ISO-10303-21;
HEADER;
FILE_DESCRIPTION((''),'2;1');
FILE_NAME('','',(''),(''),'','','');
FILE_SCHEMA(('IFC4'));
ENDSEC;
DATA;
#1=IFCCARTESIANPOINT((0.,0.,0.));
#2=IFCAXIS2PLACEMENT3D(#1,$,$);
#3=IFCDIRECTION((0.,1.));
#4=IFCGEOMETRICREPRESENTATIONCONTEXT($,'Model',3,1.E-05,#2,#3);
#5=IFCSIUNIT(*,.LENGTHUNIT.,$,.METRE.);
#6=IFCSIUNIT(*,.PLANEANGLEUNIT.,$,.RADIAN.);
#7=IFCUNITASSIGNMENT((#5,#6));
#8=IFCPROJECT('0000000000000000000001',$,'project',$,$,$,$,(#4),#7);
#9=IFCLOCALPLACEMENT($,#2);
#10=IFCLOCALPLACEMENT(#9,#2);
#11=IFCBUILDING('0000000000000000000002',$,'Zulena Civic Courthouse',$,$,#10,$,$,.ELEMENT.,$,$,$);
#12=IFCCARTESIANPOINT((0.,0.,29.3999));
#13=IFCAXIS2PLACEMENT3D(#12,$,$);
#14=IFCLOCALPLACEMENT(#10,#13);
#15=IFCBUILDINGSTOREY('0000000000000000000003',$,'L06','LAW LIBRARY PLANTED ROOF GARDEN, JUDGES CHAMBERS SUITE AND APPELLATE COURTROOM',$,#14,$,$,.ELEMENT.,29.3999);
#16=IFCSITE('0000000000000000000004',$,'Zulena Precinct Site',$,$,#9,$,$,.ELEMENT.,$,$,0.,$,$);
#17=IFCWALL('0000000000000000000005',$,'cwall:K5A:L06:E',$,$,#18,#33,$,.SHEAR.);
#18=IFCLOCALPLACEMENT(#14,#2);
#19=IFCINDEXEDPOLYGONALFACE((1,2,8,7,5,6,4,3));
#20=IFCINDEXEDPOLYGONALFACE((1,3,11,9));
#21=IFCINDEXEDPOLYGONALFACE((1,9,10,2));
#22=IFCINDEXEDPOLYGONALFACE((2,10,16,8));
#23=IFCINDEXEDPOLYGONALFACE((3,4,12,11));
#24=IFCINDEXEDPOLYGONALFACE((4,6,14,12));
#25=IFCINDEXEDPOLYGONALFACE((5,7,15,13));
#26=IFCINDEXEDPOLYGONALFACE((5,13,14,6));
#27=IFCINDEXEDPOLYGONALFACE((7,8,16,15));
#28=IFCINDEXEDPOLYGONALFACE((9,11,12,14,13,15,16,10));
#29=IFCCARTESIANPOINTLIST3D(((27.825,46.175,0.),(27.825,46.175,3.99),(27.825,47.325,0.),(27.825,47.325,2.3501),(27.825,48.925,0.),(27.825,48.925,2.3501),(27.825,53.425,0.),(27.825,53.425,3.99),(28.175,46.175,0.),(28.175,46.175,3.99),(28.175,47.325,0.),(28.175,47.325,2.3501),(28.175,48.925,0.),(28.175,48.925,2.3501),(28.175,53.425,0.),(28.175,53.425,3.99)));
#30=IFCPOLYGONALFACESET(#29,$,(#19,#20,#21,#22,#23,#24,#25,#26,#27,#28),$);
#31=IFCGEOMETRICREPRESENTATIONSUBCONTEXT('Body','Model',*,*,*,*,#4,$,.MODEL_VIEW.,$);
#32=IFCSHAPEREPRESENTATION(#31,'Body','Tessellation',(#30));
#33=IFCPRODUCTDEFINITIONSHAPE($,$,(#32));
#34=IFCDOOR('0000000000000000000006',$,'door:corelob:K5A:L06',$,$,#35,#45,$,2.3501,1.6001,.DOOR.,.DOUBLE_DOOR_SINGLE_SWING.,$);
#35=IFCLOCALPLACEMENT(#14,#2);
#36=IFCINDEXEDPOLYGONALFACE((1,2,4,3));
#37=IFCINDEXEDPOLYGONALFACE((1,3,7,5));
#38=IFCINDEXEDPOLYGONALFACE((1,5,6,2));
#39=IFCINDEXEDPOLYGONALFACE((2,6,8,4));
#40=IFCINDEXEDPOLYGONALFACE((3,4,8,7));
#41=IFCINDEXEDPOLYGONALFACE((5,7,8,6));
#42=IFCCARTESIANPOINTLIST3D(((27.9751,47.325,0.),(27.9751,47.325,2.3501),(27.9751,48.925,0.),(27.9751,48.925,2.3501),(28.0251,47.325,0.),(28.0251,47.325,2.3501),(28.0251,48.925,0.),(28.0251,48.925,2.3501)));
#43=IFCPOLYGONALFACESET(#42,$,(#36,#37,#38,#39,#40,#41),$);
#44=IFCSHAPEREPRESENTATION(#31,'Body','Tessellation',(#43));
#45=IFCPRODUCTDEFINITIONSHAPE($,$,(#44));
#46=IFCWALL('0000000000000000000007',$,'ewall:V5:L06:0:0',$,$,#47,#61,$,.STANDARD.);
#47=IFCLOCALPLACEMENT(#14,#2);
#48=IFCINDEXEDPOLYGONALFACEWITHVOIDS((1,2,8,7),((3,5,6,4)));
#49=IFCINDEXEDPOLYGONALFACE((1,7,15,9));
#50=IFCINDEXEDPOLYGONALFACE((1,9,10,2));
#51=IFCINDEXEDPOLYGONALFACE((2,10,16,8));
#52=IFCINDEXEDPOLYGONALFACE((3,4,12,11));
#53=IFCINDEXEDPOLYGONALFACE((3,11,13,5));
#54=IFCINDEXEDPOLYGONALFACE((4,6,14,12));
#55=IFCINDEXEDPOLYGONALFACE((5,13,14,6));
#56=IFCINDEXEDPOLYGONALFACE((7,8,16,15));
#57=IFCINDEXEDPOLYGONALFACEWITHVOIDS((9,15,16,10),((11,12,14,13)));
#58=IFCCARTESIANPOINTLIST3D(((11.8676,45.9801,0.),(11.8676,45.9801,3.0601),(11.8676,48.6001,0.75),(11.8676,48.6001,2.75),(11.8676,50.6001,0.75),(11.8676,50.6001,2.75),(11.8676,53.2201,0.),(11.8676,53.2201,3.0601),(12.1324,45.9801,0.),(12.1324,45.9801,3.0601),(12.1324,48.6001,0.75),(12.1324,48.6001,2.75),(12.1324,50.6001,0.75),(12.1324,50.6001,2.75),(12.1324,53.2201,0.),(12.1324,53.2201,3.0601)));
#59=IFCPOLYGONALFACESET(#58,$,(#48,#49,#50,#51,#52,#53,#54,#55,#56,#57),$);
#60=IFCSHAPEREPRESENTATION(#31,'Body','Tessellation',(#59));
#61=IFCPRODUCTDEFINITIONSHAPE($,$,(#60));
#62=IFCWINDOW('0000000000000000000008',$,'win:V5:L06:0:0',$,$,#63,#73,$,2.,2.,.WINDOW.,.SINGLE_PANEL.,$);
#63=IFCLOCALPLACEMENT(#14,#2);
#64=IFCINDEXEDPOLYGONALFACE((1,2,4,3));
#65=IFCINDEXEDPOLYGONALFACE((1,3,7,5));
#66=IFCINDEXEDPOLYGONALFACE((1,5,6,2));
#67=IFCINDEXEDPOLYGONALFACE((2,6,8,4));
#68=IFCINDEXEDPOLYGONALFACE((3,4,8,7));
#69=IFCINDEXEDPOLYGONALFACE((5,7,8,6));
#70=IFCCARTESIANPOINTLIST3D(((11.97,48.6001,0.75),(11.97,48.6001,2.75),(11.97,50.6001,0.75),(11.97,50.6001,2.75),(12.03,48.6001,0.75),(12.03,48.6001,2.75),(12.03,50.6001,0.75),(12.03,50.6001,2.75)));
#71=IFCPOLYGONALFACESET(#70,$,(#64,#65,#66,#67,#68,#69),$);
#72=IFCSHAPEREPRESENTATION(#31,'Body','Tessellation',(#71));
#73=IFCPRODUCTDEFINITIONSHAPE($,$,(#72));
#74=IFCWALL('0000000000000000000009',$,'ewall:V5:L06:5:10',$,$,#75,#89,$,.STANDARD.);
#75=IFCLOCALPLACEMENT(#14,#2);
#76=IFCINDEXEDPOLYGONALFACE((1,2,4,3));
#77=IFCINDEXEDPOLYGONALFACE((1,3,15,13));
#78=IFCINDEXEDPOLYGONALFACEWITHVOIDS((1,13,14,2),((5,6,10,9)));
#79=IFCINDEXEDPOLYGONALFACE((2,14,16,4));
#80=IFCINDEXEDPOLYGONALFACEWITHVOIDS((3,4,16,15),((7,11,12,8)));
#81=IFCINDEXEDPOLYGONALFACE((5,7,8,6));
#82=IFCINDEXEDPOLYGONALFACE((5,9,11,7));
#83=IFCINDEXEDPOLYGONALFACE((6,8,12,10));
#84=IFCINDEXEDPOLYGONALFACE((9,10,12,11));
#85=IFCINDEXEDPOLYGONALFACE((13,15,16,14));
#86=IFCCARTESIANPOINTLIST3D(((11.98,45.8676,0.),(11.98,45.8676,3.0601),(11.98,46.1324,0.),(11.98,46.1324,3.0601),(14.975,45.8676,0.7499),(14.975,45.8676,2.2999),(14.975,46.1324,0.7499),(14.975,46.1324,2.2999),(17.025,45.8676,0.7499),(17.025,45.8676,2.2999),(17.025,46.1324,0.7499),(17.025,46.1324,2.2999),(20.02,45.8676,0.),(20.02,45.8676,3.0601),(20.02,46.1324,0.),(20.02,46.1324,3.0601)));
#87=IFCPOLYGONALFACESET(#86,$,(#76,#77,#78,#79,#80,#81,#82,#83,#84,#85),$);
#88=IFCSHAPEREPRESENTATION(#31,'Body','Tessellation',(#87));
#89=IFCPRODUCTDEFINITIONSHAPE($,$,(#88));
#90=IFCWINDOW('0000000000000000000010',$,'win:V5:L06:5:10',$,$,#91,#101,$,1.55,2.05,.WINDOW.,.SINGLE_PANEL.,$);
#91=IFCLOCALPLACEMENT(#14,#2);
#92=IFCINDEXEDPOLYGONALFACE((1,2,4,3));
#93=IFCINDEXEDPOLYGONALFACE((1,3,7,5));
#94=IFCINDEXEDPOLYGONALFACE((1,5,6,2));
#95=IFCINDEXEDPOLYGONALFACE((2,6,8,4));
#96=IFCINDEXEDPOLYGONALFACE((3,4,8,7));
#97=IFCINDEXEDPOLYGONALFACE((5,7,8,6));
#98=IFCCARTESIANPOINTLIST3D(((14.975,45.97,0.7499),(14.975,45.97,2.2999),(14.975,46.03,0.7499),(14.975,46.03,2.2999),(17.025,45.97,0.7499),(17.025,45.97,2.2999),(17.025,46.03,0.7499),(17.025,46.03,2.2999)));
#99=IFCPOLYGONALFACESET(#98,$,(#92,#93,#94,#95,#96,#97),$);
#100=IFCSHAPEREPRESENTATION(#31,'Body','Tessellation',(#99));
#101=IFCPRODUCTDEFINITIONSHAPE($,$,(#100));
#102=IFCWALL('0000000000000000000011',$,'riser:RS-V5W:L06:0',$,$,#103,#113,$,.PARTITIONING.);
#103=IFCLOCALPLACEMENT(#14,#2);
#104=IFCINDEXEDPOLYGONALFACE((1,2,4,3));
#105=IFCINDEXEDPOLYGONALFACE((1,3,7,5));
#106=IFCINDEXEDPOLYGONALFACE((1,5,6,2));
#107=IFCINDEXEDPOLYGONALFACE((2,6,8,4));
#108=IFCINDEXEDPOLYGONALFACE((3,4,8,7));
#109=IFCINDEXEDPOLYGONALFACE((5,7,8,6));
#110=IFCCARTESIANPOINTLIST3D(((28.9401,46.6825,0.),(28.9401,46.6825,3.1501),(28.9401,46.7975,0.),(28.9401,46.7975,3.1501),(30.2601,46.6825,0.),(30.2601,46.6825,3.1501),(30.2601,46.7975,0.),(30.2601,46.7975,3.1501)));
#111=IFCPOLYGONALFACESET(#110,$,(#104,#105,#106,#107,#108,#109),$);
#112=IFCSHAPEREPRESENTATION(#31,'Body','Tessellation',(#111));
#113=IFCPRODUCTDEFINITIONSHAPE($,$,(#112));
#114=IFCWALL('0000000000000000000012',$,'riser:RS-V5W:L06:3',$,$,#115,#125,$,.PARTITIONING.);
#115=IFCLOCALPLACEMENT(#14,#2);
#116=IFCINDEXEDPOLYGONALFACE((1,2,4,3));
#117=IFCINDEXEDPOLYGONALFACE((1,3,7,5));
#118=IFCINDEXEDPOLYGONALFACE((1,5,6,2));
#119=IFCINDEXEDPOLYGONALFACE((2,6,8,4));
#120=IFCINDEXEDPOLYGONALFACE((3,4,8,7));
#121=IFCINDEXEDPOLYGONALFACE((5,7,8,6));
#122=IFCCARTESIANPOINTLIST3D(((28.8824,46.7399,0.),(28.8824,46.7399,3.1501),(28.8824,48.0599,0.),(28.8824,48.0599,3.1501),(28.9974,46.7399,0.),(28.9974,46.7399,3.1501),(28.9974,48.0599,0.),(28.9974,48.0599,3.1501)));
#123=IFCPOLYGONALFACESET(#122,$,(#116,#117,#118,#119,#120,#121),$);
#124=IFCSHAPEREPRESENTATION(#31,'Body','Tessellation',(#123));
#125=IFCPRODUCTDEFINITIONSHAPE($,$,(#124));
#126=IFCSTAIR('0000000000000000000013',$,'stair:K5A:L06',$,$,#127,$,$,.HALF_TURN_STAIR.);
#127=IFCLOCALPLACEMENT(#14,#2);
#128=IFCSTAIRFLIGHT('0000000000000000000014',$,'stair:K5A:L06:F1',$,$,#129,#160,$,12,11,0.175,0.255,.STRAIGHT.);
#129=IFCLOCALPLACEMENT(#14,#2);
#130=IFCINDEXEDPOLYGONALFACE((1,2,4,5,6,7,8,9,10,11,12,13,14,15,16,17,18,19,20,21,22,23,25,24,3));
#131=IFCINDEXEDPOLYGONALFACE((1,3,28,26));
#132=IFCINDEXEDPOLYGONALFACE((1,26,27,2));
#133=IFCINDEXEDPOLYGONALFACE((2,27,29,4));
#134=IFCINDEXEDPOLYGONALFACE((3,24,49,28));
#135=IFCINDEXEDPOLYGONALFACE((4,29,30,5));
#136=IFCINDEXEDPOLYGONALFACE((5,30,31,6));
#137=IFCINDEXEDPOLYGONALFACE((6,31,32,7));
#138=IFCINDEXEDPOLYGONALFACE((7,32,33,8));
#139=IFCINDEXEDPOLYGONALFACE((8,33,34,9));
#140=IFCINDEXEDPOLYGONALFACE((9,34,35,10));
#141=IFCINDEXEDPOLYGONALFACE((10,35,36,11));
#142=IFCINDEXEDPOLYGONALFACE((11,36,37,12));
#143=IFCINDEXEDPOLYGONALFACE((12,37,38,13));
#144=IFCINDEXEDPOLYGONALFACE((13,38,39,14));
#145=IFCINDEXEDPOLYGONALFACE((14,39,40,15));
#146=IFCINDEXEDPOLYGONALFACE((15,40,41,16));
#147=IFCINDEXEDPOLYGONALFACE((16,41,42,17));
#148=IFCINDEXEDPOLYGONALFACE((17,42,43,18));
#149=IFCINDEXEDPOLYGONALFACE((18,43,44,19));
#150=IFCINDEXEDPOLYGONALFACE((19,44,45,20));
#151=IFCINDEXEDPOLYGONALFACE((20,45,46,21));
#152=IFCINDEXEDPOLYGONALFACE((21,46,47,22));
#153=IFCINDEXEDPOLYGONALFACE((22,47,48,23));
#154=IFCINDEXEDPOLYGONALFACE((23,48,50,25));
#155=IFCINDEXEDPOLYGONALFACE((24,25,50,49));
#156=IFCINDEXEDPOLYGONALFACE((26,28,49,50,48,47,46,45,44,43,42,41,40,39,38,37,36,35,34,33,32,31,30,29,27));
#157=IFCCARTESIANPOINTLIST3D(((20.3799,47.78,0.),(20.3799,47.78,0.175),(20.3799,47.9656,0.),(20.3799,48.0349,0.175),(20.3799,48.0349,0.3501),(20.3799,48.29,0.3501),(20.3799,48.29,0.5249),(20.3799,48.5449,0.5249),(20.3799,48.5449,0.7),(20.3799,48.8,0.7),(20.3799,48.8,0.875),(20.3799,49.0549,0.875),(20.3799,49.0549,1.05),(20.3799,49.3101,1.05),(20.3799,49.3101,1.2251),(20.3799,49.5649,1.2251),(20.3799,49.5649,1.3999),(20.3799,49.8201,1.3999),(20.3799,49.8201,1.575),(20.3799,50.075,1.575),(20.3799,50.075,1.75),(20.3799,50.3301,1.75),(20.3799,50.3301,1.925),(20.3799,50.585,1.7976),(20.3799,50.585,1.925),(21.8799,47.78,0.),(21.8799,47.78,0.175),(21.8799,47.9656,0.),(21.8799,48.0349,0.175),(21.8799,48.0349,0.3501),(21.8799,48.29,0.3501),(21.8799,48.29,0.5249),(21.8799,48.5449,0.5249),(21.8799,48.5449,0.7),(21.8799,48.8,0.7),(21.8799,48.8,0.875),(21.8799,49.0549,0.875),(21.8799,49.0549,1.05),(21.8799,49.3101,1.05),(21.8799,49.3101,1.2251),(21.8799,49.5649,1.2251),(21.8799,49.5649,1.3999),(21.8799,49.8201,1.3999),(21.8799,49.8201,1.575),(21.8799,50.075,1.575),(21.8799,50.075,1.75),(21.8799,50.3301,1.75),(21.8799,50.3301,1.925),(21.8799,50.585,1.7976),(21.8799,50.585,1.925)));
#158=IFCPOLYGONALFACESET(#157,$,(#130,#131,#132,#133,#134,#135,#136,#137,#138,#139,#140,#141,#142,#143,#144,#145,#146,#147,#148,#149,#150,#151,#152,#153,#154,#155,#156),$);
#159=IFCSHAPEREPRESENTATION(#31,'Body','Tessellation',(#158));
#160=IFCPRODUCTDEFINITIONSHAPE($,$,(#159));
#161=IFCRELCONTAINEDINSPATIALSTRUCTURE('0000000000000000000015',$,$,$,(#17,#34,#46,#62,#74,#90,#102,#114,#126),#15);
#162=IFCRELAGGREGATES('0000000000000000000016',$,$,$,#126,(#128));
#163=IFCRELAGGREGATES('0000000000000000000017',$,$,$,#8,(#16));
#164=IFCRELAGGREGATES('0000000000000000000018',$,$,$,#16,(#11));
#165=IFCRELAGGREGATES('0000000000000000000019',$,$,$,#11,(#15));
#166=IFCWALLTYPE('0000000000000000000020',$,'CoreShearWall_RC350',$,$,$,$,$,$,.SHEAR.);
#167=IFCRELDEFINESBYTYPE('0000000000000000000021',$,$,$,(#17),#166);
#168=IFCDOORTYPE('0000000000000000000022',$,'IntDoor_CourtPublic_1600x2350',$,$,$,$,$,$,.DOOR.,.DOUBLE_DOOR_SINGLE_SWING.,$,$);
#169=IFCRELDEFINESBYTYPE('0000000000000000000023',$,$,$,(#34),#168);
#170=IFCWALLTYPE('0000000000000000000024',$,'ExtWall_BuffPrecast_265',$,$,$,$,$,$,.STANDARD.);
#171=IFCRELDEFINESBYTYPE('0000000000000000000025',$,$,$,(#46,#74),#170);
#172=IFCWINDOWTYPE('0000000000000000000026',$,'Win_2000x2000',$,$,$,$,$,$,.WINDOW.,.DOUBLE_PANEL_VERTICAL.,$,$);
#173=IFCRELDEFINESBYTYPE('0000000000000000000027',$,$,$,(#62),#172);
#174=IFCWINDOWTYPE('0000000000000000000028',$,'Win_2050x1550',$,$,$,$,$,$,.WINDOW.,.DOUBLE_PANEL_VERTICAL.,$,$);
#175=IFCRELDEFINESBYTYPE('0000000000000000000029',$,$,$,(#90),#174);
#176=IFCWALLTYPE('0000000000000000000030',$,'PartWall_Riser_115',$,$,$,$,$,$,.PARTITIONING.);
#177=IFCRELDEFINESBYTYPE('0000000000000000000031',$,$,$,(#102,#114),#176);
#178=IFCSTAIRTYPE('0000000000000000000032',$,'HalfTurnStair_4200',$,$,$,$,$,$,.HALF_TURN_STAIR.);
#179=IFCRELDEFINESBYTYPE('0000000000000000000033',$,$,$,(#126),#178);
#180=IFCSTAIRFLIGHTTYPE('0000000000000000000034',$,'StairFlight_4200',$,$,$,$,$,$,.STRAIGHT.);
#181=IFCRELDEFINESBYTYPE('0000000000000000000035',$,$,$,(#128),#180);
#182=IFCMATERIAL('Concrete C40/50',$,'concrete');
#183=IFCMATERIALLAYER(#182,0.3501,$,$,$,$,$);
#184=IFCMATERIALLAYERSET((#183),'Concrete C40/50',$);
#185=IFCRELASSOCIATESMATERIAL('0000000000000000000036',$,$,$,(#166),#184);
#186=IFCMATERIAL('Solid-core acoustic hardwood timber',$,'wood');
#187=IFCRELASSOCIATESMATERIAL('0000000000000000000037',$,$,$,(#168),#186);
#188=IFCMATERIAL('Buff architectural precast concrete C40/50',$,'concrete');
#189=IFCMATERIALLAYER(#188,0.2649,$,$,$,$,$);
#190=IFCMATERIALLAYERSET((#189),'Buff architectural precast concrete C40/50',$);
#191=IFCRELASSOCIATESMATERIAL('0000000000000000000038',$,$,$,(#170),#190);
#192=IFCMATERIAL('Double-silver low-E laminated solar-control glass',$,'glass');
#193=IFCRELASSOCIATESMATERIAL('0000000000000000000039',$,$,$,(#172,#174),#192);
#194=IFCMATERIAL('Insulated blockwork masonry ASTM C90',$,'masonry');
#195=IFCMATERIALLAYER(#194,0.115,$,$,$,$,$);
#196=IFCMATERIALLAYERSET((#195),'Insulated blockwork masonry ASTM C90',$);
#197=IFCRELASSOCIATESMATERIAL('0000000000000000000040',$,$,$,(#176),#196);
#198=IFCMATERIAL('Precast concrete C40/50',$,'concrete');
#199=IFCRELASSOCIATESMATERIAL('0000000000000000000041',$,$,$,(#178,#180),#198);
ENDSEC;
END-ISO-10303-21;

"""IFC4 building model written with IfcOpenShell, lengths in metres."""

from ifc_helpers import new_model, si_unit, direction, frame, frame_2d, origin, place, context, subcontext, project, spatial, polyline, rectangle, outline, extrude, material, layer, layer_set, type_object, element, fill, aggregate, save


model = new_model("IFC4")

# Units and contexts
model_context = context("Model", 3, precision=1e-05, world=origin(), true_north=direction((0.0, 1.0)))
body_context = subcontext(model_context, "Body", "Model", "MODEL_VIEW")
ifc_project = project(units=[si_unit("LENGTHUNIT", "METRE"), si_unit("PLANEANGLEUNIT", "RADIAN")], contexts=[model_context])

# Site, building, storey
site_placement = place(None, origin())
site = spatial("IfcSite", under=ifc_project, at=site_placement, Name="Zulena Precinct Site", CompositionType="ELEMENT", RefElevation=0.0)
building_placement = place(site_placement, origin())
building = spatial("IfcBuilding", under=site, at=building_placement, Name="Zulena Civic Courthouse", CompositionType="ELEMENT")
storey_placement = place(building_placement, frame((0.0, 0.0, 29.3999)))
storey = spatial("IfcBuildingStorey", under=building, at=storey_placement, Name="L06", Description="LAW LIBRARY PLANTED ROOF GARDEN, JUDGES CHAMBERS SUITE AND APPELLATE COURTROOM", CompositionType="ELEMENT", Elevation=29.3999)

# Shared definitions
ifc_material_1 = material(Name="Concrete C40/50", Category="concrete")

# Shared definitions
ifc_layer_1 = layer(ifc_material_1, 0.3501)
ifc_layer_set_1 = layer_set([ifc_layer_1], Name="Concrete C40/50")
wall_type_1 = type_object("IfcWallType", Name="CoreShearWall_RC350", PredefinedType="SHEAR", material=ifc_layer_set_1)

# Wall, opening, door
wall_1_placement = place(storey_placement, frame((28.0, 46.175, 0.0), z_axis=(0.0, 0.0, 1.0), x_axis=(0.0, 1.0, 0.0)))
wall_1 = element("IfcWall", 1, at=wall_1_placement, inside=storey, type_object=wall_type_1, Name="cwall:K5A:L06:E", PredefinedType="SHEAR", context=body_context, shape_type="SweptSolid", body=[
    extrude(rectangle(XDim=7.25, YDim=0.3501, at=frame_2d((3.625, 0.0))), origin(), (0.0, 0.0, 1.0), 3.99),
])
opening_1_placement = place(wall_1_placement, frame((1.1499, 0.0, 0.0)))
opening_1 = element("IfcOpeningElement", 2, at=opening_1_placement, cuts=wall_1, PredefinedType="OPENING", context=body_context, shape_type="SweptSolid", body=[
    extrude(rectangle(XDim=1.6001, YDim=2.3501, at=frame_2d((0.8, 1.175))), frame((0.0, 0.1851, 0.0), z_axis=(0.0, -1.0, 0.0), x_axis=(1.0, 0.0, 0.0)), (0.0, 0.0, 1.0), 0.3701),
])
ifc_material_2 = material(Name="Solid-core acoustic hardwood timber", Category="wood")
door_type_1 = type_object("IfcDoorType", Name="IntDoor_CourtPublic_1600x2350", OperationType="DOUBLE_DOOR_SINGLE_SWING", PredefinedType="DOOR", material=ifc_material_2)
door_1_placement = place(opening_1_placement, origin())
door_1 = element("IfcDoor", 3, at=door_1_placement, inside=storey, type_object=door_type_1, Name="door:corelob:K5A:L06", OperationType="DOUBLE_DOOR_SINGLE_SWING", OverallHeight=2.3501, OverallWidth=1.6001, PredefinedType="DOOR", context=body_context, shape_type="SweptSolid", body=[
    extrude(rectangle(XDim=1.6001, YDim=2.3501, at=frame_2d((0.8, 1.175))), frame((0.0, 0.0249, 0.0), z_axis=(0.0, -1.0, 0.0), x_axis=(1.0, 0.0, 0.0)), (0.0, 0.0, 1.0), 0.05),
])
fill(opening_1, door_1)

# Walls, openings, windows
ifc_material_3 = material(Name="Buff architectural precast concrete C40/50", Category="concrete")
ifc_layer_2 = layer(ifc_material_3, 0.2649)
ifc_layer_set_2 = layer_set([ifc_layer_2], Name="Buff architectural precast concrete C40/50")
wall_type_2 = type_object("IfcWallType", Name="ExtWall_BuffPrecast_265", PredefinedType="STANDARD", material=ifc_layer_set_2)
wall_2_placement = place(storey_placement, frame((12.0, 45.98, 0.0), z_axis=(0.0, 0.0, 1.0), x_axis=(0.0, 1.0, 0.0)))
wall_2 = element("IfcWall", 4, at=wall_2_placement, inside=storey, type_object=wall_type_2, Name="ewall:V5:L06:0:0", PredefinedType="STANDARD", context=body_context, shape_type="SweptSolid", body=[
    extrude(rectangle(XDim=7.24, YDim=0.2649, at=frame_2d((3.6201, 0.0))), origin(), (0.0, 0.0, 1.0), 3.0601),
])
opening_2_placement = place(wall_2_placement, frame((2.6201, 0.0, 0.75)))
opening_2 = element("IfcOpeningElement", 5, at=opening_2_placement, cuts=wall_2, PredefinedType="OPENING", context=body_context, shape_type="SweptSolid", body=[
    extrude(rectangle(XDim=2.0, YDim=2.0, at=frame_2d((1.0, 1.0))), frame((0.0, 0.1423, 0.0), z_axis=(0.0, -1.0, 0.0), x_axis=(1.0, 0.0, 0.0)), (0.0, 0.0, 1.0), 0.2849),
])
ifc_material_4 = material(Name="Double-silver low-E laminated solar-control glass", Category="glass")
window_type_1 = type_object("IfcWindowType", Name="Win_2000x2000", PartitioningType="DOUBLE_PANEL_VERTICAL", PredefinedType="WINDOW", material=ifc_material_4)
window_1_placement = place(opening_2_placement, origin())
window_1 = element("IfcWindow", 6, at=window_1_placement, inside=storey, type_object=window_type_1, Name="win:V5:L06:0:0", OverallHeight=2.0, OverallWidth=2.0, PartitioningType="SINGLE_PANEL", PredefinedType="WINDOW", context=body_context, shape_type="SweptSolid", body=[
    extrude(rectangle(XDim=2.0, YDim=2.0, at=frame_2d((1.0, 1.0))), frame((0.0, 0.03, 0.0), z_axis=(0.0, -1.0, 0.0), x_axis=(1.0, 0.0, 0.0)), (0.0, 0.0, 1.0), 0.0601),
])
fill(opening_2, window_1)
wall_3_placement = place(storey_placement, frame((20.02, 46.0, 0.0), z_axis=(0.0, 0.0, 1.0), x_axis=(-1.0, 0.0, 0.0)))
wall_3 = element("IfcWall", 7, at=wall_3_placement, inside=storey, type_object=wall_type_2, Name="ewall:V5:L06:5:10", PredefinedType="STANDARD", context=body_context, shape_type="SweptSolid", body=[
    extrude(rectangle(XDim=8.04, YDim=0.2649, at=frame_2d((4.02, 0.0))), origin(), (0.0, 0.0, 1.0), 3.0601),
])
opening_3_placement = place(wall_3_placement, frame((2.9951, 0.0, 0.75)))
opening_3 = element("IfcOpeningElement", 8, at=opening_3_placement, cuts=wall_3, PredefinedType="OPENING", context=body_context, shape_type="SweptSolid", body=[
    extrude(rectangle(XDim=2.05, YDim=1.55, at=frame_2d((1.0249, 0.7749))), frame((0.0, 0.1423, 0.0), z_axis=(0.0, -1.0, 0.0), x_axis=(1.0, 0.0, 0.0)), (0.0, 0.0, 1.0), 0.2849),
])
window_type_2 = type_object("IfcWindowType", Name="Win_2050x1550", PartitioningType="DOUBLE_PANEL_VERTICAL", PredefinedType="WINDOW", material=ifc_material_4)
window_2_placement = place(opening_3_placement, origin())
window_2 = element("IfcWindow", 9, at=window_2_placement, inside=storey, type_object=window_type_2, Name="win:V5:L06:5:10", OverallHeight=1.55, OverallWidth=2.05, PartitioningType="SINGLE_PANEL", PredefinedType="WINDOW", context=body_context, shape_type="SweptSolid", body=[
    extrude(rectangle(XDim=2.05, YDim=1.55, at=frame_2d((1.0249, 0.7749))), frame((0.0, 0.03, 0.0), z_axis=(0.0, -1.0, 0.0), x_axis=(1.0, 0.0, 0.0)), (0.0, 0.0, 1.0), 0.0601),
])
fill(opening_3, window_2)

# Walls
ifc_material_5 = material(Name="Insulated blockwork masonry ASTM C90", Category="masonry")
ifc_layer_3 = layer(ifc_material_5, 0.115)
ifc_layer_set_3 = layer_set([ifc_layer_3], Name="Insulated blockwork masonry ASTM C90")
wall_type_3 = type_object("IfcWallType", Name="PartWall_Riser_115", PredefinedType="PARTITIONING", material=ifc_layer_set_3)
for number, where, z_axis, x_axis, name in (
    (10, (28.9399, 46.74, 0.0), (0.0, 0.0, 1.0), (1.0, 0.0, 0.0), "riser:RS-V5W:L06:0"),
    (11, (28.9399, 48.0601, 0.0), (0.0, 0.0, 1.0), (0.0, -1.0, 0.0), "riser:RS-V5W:L06:3"),
):
    element("IfcWall", number, at=place(storey_placement, frame(where, z_axis=z_axis, x_axis=x_axis)), inside=storey, type_object=wall_type_3, Name=name, PredefinedType="PARTITIONING", context=body_context, shape_type="SweptSolid", body=[
        extrude(rectangle(XDim=1.3201, YDim=0.115, at=frame_2d((0.6602, 0.0))), origin(), (0.0, 0.0, 1.0), 3.1501),
    ])

# Stair, stair flight
ifc_material_6 = material(Name="Precast concrete C40/50", Category="concrete")
stair_type = type_object("IfcStairType", Name="HalfTurnStair_4200", PredefinedType="HALF_TURN_STAIR", material=ifc_material_6)
stair_placement = place(storey_placement, origin())
stair = element("IfcStair", 12, at=stair_placement, inside=storey, type_object=stair_type, Name="stair:K5A:L06", PredefinedType="HALF_TURN_STAIR")
stair_flight_type = type_object("IfcStairFlightType", Name="StairFlight_4200", PredefinedType="STRAIGHT", material=ifc_material_6)
stair_flight_placement = place(storey_placement, frame((21.1299, 47.78, 0.0), z_axis=(0.0, 0.0, 1.0), x_axis=(0.0, 1.0, 0.0)))
stair_flight = element("IfcStairFlight", 13, at=stair_flight_placement, type_object=stair_flight_type, Name="stair:K5A:L06:F1", NumberOfRisers=12, NumberOfTreads=11, PredefinedType="STRAIGHT", RiserHeight=0.175, TreadLength=0.255, context=body_context, shape_type="SweptSolid", body=[
    extrude(outline(polyline([(0.0, 0.0), (0.0, 0.175), (0.2549, 0.175), (0.2549, 0.3501), (0.51, 0.3501), (0.51, 0.5249), (0.7649, 0.5249), (0.7649, 0.7), (1.02, 0.7), (1.02, 0.875), (1.2749, 0.875), (1.2749, 1.05), (1.53, 1.05), (1.53, 1.2251), (1.7849, 1.2251), (1.7849, 1.3999), (2.04, 1.3999), (2.04, 1.575), (2.2949, 1.575), (2.2949, 1.75), (2.55, 1.75), (2.55, 1.925), (2.8049, 1.925), (2.8049, 2.1001), (2.8049, 1.7976), (0.1855, 0.0), (0.0, 0.0)])), frame((0.0, 0.75, 0.0), z_axis=(0.0, -1.0, 0.0), x_axis=(1.0, 0.0, 0.0)), (0.0, 0.0, 1.0), 1.5),
])
aggregate(stair, [stair_flight])

save(model, "model.ifc")
